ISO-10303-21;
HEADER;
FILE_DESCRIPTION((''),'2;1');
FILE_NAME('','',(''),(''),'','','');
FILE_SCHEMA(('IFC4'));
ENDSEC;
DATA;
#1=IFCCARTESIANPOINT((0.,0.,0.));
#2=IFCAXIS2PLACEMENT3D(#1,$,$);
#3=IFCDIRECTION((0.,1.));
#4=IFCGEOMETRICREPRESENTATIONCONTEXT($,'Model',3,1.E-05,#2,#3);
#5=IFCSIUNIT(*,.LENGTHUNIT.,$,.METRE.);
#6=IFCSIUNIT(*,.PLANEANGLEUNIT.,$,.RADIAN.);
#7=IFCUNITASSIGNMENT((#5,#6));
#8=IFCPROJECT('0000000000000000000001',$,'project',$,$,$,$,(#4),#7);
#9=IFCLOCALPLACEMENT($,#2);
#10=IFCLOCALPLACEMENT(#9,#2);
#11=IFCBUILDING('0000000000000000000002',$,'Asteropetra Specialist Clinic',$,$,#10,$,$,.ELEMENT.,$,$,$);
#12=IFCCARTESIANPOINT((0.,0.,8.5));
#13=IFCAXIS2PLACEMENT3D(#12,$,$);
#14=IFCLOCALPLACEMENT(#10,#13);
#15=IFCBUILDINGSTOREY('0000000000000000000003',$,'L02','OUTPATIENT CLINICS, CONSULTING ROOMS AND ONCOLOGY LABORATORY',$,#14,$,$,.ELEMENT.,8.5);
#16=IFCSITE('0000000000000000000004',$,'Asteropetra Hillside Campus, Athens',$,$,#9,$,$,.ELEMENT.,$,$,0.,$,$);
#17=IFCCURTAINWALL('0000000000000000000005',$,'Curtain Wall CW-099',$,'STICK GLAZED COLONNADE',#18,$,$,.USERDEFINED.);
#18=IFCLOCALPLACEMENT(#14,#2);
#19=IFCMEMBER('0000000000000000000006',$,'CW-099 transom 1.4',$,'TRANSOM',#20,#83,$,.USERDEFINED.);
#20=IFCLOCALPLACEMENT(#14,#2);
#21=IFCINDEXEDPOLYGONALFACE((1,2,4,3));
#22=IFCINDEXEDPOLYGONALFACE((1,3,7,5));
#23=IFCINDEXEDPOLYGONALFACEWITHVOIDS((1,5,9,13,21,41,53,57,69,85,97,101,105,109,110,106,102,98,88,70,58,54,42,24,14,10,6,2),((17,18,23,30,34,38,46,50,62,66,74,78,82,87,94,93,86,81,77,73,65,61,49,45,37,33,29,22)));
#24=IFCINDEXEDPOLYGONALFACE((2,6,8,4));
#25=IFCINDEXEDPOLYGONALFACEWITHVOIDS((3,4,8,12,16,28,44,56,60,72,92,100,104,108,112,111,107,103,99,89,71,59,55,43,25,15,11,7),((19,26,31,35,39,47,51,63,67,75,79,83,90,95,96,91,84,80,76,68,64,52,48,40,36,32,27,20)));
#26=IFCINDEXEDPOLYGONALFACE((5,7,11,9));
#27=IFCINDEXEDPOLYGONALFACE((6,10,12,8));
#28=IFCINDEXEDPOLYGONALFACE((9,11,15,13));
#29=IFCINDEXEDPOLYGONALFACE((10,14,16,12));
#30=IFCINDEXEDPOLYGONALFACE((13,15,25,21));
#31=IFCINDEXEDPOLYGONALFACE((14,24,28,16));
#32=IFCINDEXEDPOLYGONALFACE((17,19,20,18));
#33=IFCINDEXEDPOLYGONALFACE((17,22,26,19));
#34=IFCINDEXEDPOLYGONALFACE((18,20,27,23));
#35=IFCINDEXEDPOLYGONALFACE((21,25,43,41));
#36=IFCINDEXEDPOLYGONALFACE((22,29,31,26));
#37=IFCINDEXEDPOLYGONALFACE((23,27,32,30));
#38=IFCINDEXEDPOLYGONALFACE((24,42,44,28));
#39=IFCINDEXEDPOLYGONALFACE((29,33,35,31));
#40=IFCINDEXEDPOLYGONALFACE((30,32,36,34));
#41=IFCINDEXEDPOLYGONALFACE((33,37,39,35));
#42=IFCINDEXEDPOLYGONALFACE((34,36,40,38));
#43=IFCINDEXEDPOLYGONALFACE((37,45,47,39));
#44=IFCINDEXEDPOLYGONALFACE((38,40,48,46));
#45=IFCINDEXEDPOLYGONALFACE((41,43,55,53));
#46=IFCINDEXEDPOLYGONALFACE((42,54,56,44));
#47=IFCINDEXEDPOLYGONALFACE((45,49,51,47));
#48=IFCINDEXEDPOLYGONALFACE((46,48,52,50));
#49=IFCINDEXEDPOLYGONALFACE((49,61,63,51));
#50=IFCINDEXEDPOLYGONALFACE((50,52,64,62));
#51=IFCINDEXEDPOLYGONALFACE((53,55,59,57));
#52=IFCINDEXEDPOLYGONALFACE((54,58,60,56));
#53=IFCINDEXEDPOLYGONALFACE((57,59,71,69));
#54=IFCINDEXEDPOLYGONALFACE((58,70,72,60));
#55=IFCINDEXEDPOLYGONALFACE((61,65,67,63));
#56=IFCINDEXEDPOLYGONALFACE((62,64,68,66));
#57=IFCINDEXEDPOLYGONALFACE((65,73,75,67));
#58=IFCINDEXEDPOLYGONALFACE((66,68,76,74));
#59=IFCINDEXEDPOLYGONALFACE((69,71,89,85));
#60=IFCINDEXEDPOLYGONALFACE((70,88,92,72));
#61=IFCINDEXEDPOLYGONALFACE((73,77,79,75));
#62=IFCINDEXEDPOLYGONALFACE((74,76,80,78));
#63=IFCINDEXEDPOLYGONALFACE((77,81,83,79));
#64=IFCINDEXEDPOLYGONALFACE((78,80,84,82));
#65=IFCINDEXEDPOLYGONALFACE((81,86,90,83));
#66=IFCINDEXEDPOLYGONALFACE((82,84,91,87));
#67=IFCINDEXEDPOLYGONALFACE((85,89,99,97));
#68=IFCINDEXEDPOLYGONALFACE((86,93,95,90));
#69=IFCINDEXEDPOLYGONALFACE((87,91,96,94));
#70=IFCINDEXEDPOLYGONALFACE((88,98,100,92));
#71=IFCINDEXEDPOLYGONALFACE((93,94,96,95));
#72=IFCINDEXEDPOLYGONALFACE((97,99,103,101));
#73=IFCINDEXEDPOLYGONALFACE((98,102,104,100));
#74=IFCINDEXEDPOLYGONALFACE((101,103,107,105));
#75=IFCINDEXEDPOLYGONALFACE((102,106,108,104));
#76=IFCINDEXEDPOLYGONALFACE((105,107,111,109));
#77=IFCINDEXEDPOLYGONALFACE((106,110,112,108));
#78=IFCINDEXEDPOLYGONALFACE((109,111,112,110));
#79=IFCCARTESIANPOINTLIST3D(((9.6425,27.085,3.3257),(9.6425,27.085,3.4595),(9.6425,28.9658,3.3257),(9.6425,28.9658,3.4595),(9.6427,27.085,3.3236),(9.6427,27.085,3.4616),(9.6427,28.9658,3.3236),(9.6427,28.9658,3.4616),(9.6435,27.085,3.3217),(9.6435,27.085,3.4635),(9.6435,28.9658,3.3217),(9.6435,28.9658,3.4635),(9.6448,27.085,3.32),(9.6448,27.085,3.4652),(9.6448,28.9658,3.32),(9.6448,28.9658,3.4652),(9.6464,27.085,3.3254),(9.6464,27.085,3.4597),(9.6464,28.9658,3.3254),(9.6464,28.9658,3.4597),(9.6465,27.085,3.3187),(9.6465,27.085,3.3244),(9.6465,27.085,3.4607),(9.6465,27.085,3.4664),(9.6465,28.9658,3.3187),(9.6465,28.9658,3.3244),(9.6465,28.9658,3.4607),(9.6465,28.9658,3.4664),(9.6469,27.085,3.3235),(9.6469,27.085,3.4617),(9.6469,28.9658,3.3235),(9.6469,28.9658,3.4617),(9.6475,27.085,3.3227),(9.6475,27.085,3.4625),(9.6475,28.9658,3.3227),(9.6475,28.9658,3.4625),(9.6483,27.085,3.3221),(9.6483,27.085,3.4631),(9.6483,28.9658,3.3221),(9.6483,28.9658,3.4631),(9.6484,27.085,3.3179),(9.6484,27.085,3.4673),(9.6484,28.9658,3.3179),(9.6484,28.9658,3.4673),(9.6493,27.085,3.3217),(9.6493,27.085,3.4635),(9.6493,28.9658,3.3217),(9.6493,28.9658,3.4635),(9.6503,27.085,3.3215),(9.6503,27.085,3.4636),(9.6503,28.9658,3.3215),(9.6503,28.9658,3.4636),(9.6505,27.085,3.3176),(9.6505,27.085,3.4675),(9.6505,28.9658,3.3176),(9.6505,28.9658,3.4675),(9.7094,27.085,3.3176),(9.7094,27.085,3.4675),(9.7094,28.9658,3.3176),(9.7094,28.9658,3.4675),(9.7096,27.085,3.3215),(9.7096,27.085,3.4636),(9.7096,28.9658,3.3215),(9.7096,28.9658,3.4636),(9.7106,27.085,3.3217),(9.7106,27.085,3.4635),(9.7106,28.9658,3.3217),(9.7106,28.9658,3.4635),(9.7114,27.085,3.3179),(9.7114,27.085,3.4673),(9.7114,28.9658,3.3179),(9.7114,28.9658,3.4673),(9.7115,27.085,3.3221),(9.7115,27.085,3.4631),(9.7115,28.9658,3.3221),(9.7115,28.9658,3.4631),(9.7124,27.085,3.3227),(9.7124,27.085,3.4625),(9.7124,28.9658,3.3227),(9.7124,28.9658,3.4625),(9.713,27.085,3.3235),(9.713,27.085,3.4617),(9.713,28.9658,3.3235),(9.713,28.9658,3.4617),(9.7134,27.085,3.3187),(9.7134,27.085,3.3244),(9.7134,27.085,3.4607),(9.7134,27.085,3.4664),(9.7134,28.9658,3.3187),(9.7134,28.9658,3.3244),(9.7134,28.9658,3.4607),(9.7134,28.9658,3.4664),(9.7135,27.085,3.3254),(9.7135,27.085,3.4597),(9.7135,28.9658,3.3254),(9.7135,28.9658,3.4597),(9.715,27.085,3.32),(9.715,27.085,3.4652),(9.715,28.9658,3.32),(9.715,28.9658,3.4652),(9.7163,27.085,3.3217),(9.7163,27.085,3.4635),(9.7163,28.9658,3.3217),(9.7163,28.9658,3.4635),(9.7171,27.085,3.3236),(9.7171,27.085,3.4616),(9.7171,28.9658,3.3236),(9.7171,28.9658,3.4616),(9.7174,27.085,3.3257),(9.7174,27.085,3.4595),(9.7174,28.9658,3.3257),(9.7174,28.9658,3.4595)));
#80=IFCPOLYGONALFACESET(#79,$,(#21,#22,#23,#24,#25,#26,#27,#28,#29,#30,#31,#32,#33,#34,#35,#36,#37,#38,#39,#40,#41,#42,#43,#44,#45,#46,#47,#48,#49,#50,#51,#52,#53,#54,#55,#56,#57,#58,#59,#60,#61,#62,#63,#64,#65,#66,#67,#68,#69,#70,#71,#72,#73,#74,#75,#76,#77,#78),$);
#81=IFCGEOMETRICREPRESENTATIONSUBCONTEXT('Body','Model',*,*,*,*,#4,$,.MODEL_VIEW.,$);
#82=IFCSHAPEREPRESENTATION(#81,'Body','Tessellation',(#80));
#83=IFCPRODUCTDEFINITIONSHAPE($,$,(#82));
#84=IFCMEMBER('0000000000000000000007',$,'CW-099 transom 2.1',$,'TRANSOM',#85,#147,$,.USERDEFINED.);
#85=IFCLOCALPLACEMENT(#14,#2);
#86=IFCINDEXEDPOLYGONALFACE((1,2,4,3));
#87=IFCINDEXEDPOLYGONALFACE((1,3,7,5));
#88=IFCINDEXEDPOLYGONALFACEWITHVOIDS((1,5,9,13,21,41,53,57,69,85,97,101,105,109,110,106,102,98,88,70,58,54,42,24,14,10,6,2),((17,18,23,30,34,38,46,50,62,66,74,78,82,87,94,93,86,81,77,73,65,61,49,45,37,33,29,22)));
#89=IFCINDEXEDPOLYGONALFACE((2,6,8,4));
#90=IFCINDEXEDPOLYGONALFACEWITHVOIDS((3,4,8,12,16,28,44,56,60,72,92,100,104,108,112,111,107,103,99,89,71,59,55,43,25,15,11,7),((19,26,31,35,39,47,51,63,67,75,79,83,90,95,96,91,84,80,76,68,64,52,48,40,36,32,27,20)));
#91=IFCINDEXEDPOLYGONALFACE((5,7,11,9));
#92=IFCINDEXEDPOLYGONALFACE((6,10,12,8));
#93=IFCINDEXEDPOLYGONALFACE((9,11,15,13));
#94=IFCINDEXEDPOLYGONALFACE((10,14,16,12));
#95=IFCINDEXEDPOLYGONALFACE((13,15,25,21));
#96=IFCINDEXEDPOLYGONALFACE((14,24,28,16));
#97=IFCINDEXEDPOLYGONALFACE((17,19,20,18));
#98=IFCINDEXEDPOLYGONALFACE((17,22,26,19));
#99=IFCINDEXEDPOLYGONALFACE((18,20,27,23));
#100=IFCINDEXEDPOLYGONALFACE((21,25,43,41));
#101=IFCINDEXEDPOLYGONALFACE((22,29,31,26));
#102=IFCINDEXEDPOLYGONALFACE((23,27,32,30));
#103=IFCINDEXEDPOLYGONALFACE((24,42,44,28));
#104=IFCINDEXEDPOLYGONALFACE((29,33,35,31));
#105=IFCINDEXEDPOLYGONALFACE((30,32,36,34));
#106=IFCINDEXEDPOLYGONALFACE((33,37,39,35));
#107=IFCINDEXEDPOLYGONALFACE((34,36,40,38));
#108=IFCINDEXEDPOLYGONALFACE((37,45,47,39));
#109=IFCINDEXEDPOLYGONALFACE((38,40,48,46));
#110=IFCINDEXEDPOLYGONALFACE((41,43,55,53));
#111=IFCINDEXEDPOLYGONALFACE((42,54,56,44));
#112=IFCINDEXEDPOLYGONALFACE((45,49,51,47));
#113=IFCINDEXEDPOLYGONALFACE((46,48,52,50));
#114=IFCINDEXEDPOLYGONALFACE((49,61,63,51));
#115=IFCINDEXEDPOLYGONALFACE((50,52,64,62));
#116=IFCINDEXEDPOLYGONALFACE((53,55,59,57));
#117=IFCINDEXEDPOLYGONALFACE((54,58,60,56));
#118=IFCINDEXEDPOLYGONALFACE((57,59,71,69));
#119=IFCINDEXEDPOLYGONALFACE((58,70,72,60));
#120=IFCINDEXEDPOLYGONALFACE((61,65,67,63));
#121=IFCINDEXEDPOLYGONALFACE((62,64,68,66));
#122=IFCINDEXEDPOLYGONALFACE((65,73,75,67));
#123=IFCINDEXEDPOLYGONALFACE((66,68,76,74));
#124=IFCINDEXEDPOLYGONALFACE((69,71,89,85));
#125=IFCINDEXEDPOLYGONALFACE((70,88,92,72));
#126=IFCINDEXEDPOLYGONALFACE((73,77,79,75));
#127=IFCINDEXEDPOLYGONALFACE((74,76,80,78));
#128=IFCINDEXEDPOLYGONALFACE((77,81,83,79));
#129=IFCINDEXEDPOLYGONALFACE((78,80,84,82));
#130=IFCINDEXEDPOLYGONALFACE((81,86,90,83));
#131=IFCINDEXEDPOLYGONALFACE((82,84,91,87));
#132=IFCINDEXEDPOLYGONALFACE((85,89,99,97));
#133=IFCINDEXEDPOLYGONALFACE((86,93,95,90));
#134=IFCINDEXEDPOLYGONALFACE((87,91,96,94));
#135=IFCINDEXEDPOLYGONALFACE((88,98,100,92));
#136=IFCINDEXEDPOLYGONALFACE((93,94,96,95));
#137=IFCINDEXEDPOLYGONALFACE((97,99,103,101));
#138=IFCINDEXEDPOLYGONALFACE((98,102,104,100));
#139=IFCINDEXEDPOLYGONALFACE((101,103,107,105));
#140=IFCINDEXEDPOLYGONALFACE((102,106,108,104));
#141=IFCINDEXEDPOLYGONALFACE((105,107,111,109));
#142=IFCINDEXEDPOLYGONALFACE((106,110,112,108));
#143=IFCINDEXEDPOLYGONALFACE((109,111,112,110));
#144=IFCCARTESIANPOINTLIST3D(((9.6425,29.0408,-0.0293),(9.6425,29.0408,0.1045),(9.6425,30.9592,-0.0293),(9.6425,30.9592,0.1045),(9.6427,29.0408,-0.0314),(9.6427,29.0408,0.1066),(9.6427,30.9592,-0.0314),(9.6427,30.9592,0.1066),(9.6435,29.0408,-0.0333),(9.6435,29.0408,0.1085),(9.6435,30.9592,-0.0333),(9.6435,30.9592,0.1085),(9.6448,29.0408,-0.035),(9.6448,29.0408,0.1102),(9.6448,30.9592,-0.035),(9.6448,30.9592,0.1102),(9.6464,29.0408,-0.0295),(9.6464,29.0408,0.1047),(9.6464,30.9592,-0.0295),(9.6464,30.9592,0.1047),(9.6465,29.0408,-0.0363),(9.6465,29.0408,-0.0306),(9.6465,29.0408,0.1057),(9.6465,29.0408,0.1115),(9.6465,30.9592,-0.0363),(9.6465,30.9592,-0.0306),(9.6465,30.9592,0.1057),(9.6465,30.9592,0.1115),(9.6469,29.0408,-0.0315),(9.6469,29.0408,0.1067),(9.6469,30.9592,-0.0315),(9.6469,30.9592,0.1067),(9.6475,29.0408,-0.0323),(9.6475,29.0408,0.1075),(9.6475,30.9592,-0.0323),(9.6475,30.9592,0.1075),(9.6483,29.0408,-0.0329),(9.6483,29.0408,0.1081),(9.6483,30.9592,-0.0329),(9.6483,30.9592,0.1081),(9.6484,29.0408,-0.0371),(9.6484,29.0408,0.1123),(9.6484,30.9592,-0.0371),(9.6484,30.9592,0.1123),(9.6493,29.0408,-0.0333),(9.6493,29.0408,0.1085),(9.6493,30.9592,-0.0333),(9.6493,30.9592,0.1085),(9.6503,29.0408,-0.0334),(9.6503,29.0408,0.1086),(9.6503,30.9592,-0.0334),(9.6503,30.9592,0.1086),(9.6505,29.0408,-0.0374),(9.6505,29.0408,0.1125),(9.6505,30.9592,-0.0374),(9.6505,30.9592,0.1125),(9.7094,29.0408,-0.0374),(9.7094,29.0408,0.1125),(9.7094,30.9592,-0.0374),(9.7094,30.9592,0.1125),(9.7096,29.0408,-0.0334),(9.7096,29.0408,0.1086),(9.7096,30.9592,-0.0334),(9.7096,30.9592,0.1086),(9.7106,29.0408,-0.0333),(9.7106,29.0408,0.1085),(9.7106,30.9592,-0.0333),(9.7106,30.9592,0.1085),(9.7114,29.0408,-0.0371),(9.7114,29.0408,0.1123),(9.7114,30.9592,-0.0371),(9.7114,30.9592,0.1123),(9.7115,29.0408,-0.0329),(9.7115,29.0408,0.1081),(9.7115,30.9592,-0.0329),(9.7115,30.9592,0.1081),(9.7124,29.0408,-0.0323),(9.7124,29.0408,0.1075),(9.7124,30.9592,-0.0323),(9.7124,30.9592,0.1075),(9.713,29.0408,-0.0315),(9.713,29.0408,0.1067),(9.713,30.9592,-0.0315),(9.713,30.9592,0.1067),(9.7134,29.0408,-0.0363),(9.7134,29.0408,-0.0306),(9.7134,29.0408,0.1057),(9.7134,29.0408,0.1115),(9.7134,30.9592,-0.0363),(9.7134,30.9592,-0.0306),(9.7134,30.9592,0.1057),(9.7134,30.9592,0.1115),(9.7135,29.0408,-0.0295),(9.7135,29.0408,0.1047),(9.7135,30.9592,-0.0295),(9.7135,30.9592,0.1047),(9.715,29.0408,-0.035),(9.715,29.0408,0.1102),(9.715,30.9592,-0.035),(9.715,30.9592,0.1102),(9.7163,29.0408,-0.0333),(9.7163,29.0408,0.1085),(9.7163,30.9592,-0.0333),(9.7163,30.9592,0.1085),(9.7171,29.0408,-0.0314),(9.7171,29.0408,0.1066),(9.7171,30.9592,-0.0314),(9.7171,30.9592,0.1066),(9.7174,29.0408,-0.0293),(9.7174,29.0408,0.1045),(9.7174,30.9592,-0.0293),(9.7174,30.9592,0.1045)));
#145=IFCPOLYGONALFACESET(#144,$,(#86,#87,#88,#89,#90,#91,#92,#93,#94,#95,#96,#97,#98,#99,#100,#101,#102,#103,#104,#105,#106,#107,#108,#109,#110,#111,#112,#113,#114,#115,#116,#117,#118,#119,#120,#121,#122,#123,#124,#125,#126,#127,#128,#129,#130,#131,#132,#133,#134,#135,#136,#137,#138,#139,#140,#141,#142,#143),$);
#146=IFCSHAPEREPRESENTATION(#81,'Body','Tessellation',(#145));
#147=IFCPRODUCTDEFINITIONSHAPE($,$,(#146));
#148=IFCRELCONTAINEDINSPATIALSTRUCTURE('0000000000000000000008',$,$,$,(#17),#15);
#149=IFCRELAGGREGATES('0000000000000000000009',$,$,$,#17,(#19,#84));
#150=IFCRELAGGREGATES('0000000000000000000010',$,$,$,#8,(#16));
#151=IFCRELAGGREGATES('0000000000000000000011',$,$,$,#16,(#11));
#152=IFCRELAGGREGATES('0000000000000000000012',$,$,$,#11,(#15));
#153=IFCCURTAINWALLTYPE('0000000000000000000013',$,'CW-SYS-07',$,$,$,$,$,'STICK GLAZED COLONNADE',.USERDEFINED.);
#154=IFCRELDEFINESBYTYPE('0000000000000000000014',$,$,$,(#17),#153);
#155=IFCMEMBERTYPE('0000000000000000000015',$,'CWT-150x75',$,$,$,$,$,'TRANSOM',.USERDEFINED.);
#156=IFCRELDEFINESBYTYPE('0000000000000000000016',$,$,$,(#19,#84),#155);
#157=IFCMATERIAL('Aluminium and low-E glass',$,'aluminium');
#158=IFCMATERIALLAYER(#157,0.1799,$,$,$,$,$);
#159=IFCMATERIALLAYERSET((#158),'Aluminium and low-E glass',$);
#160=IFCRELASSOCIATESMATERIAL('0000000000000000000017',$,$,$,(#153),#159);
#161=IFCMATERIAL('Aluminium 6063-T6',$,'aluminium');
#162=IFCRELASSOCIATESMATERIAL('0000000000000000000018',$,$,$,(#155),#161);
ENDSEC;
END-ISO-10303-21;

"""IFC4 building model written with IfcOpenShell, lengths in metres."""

from ifc_helpers import new_model, si_unit, direction, frame, origin, origin_2d, place, context, subcontext, project, spatial, hollow_rectangle, extrude, material, layer, layer_set, material_profile, profile_set, type_object, element, aggregate, save


model = new_model("IFC4")

# Units and contexts
model_context = context("Model", 3, precision=1e-05, world=origin(), true_north=direction((0.0, 1.0)))
body_context = subcontext(model_context, "Body", "Model", "MODEL_VIEW")
ifc_project = project(units=[si_unit("LENGTHUNIT", "METRE"), si_unit("PLANEANGLEUNIT", "RADIAN")], contexts=[model_context])

# Site, building, storey
site_placement = place(None, origin())
site = spatial("IfcSite", under=ifc_project, at=site_placement, Name="Asteropetra Hillside Campus, Athens", CompositionType="ELEMENT", RefElevation=0.0)
building_placement = place(site_placement, origin())
building = spatial("IfcBuilding", under=site, at=building_placement, Name="Asteropetra Specialist Clinic", CompositionType="ELEMENT")
storey_placement = place(building_placement, frame((0.0, 0.0, 8.5)))
storey = spatial("IfcBuildingStorey", under=building, at=storey_placement, Name="L02", Description="OUTPATIENT CLINICS, CONSULTING ROOMS AND ONCOLOGY LABORATORY", CompositionType="ELEMENT", Elevation=8.5)

# Curtain wall, members
ifc_material_1 = material(Name="Aluminium and low-E glass", Category="aluminium")
ifc_layer_1 = layer(ifc_material_1, 0.1799)
ifc_layer_set_1 = layer_set([ifc_layer_1], Name="Aluminium and low-E glass")
curtain_wall_type = type_object("IfcCurtainWallType", Name="CW-SYS-07", ElementType="STICK GLAZED COLONNADE", PredefinedType="USERDEFINED", material=ifc_layer_set_1)
curtain_wall_placement = place(storey_placement, origin())
curtain_wall = element("IfcCurtainWall", 1, at=curtain_wall_placement, inside=storey, type_object=curtain_wall_type, Name="Curtain Wall CW-099", ObjectType="STICK GLAZED COLONNADE", PredefinedType="USERDEFINED")
ifc_material_2 = material(Name="Aluminium 6063-T6", Category="aluminium")
ifc_material_profile_1 = material_profile(ifc_material_2, hollow_rectangle(XDim=0.075, YDim=0.1499, WallThickness=0.0039, InnerFilletRadius=0.0039, OuterFilletRadius=0.0081, at=origin_2d()), Name="TRN 150x75x4.0")
ifc_profile_set_1 = profile_set([ifc_material_profile_1], Name="Aluminium 6063-T6")
member_type_1 = type_object("IfcMemberType", Name="CWT-150x75", ElementType="TRANSOM", PredefinedType="USERDEFINED", material=ifc_profile_set_1)
member_1_placement = place(storey_placement, frame((9.6799, 27.085, 3.3926), z_axis=(0.0, 1.0, 0.0), x_axis=(-1.0, 0.0, 0.0)))
member_1 = element("IfcMember", 2, at=member_1_placement, type_object=member_type_1, Name="CW-099 transom 1.4", ObjectType="TRANSOM", PredefinedType="USERDEFINED", context=body_context, shape_type="SweptSolid", body=[
    extrude(hollow_rectangle(XDim=0.075, YDim=0.1499, WallThickness=0.0039, InnerFilletRadius=0.0039, OuterFilletRadius=0.0081, at=origin_2d()), origin(), (0.0, 0.0, 1.0), 1.8809),
])
member_2_placement = place(storey_placement, frame((9.6799, 29.0408, 0.0376), z_axis=(0.0, 1.0, 0.0), x_axis=(-1.0, 0.0, 0.0)))
member_2 = element("IfcMember", 3, at=member_2_placement, type_object=member_type_1, Name="CW-099 transom 2.1", ObjectType="TRANSOM", PredefinedType="USERDEFINED", context=body_context, shape_type="SweptSolid", body=[
    extrude(hollow_rectangle(XDim=0.075, YDim=0.1499, WallThickness=0.0039, InnerFilletRadius=0.0039, OuterFilletRadius=0.0081, at=origin_2d()), origin(), (0.0, 0.0, 1.0), 1.9185),
])

aggregate(curtain_wall, [member_1, member_2])

save(model, "model.ifc")
